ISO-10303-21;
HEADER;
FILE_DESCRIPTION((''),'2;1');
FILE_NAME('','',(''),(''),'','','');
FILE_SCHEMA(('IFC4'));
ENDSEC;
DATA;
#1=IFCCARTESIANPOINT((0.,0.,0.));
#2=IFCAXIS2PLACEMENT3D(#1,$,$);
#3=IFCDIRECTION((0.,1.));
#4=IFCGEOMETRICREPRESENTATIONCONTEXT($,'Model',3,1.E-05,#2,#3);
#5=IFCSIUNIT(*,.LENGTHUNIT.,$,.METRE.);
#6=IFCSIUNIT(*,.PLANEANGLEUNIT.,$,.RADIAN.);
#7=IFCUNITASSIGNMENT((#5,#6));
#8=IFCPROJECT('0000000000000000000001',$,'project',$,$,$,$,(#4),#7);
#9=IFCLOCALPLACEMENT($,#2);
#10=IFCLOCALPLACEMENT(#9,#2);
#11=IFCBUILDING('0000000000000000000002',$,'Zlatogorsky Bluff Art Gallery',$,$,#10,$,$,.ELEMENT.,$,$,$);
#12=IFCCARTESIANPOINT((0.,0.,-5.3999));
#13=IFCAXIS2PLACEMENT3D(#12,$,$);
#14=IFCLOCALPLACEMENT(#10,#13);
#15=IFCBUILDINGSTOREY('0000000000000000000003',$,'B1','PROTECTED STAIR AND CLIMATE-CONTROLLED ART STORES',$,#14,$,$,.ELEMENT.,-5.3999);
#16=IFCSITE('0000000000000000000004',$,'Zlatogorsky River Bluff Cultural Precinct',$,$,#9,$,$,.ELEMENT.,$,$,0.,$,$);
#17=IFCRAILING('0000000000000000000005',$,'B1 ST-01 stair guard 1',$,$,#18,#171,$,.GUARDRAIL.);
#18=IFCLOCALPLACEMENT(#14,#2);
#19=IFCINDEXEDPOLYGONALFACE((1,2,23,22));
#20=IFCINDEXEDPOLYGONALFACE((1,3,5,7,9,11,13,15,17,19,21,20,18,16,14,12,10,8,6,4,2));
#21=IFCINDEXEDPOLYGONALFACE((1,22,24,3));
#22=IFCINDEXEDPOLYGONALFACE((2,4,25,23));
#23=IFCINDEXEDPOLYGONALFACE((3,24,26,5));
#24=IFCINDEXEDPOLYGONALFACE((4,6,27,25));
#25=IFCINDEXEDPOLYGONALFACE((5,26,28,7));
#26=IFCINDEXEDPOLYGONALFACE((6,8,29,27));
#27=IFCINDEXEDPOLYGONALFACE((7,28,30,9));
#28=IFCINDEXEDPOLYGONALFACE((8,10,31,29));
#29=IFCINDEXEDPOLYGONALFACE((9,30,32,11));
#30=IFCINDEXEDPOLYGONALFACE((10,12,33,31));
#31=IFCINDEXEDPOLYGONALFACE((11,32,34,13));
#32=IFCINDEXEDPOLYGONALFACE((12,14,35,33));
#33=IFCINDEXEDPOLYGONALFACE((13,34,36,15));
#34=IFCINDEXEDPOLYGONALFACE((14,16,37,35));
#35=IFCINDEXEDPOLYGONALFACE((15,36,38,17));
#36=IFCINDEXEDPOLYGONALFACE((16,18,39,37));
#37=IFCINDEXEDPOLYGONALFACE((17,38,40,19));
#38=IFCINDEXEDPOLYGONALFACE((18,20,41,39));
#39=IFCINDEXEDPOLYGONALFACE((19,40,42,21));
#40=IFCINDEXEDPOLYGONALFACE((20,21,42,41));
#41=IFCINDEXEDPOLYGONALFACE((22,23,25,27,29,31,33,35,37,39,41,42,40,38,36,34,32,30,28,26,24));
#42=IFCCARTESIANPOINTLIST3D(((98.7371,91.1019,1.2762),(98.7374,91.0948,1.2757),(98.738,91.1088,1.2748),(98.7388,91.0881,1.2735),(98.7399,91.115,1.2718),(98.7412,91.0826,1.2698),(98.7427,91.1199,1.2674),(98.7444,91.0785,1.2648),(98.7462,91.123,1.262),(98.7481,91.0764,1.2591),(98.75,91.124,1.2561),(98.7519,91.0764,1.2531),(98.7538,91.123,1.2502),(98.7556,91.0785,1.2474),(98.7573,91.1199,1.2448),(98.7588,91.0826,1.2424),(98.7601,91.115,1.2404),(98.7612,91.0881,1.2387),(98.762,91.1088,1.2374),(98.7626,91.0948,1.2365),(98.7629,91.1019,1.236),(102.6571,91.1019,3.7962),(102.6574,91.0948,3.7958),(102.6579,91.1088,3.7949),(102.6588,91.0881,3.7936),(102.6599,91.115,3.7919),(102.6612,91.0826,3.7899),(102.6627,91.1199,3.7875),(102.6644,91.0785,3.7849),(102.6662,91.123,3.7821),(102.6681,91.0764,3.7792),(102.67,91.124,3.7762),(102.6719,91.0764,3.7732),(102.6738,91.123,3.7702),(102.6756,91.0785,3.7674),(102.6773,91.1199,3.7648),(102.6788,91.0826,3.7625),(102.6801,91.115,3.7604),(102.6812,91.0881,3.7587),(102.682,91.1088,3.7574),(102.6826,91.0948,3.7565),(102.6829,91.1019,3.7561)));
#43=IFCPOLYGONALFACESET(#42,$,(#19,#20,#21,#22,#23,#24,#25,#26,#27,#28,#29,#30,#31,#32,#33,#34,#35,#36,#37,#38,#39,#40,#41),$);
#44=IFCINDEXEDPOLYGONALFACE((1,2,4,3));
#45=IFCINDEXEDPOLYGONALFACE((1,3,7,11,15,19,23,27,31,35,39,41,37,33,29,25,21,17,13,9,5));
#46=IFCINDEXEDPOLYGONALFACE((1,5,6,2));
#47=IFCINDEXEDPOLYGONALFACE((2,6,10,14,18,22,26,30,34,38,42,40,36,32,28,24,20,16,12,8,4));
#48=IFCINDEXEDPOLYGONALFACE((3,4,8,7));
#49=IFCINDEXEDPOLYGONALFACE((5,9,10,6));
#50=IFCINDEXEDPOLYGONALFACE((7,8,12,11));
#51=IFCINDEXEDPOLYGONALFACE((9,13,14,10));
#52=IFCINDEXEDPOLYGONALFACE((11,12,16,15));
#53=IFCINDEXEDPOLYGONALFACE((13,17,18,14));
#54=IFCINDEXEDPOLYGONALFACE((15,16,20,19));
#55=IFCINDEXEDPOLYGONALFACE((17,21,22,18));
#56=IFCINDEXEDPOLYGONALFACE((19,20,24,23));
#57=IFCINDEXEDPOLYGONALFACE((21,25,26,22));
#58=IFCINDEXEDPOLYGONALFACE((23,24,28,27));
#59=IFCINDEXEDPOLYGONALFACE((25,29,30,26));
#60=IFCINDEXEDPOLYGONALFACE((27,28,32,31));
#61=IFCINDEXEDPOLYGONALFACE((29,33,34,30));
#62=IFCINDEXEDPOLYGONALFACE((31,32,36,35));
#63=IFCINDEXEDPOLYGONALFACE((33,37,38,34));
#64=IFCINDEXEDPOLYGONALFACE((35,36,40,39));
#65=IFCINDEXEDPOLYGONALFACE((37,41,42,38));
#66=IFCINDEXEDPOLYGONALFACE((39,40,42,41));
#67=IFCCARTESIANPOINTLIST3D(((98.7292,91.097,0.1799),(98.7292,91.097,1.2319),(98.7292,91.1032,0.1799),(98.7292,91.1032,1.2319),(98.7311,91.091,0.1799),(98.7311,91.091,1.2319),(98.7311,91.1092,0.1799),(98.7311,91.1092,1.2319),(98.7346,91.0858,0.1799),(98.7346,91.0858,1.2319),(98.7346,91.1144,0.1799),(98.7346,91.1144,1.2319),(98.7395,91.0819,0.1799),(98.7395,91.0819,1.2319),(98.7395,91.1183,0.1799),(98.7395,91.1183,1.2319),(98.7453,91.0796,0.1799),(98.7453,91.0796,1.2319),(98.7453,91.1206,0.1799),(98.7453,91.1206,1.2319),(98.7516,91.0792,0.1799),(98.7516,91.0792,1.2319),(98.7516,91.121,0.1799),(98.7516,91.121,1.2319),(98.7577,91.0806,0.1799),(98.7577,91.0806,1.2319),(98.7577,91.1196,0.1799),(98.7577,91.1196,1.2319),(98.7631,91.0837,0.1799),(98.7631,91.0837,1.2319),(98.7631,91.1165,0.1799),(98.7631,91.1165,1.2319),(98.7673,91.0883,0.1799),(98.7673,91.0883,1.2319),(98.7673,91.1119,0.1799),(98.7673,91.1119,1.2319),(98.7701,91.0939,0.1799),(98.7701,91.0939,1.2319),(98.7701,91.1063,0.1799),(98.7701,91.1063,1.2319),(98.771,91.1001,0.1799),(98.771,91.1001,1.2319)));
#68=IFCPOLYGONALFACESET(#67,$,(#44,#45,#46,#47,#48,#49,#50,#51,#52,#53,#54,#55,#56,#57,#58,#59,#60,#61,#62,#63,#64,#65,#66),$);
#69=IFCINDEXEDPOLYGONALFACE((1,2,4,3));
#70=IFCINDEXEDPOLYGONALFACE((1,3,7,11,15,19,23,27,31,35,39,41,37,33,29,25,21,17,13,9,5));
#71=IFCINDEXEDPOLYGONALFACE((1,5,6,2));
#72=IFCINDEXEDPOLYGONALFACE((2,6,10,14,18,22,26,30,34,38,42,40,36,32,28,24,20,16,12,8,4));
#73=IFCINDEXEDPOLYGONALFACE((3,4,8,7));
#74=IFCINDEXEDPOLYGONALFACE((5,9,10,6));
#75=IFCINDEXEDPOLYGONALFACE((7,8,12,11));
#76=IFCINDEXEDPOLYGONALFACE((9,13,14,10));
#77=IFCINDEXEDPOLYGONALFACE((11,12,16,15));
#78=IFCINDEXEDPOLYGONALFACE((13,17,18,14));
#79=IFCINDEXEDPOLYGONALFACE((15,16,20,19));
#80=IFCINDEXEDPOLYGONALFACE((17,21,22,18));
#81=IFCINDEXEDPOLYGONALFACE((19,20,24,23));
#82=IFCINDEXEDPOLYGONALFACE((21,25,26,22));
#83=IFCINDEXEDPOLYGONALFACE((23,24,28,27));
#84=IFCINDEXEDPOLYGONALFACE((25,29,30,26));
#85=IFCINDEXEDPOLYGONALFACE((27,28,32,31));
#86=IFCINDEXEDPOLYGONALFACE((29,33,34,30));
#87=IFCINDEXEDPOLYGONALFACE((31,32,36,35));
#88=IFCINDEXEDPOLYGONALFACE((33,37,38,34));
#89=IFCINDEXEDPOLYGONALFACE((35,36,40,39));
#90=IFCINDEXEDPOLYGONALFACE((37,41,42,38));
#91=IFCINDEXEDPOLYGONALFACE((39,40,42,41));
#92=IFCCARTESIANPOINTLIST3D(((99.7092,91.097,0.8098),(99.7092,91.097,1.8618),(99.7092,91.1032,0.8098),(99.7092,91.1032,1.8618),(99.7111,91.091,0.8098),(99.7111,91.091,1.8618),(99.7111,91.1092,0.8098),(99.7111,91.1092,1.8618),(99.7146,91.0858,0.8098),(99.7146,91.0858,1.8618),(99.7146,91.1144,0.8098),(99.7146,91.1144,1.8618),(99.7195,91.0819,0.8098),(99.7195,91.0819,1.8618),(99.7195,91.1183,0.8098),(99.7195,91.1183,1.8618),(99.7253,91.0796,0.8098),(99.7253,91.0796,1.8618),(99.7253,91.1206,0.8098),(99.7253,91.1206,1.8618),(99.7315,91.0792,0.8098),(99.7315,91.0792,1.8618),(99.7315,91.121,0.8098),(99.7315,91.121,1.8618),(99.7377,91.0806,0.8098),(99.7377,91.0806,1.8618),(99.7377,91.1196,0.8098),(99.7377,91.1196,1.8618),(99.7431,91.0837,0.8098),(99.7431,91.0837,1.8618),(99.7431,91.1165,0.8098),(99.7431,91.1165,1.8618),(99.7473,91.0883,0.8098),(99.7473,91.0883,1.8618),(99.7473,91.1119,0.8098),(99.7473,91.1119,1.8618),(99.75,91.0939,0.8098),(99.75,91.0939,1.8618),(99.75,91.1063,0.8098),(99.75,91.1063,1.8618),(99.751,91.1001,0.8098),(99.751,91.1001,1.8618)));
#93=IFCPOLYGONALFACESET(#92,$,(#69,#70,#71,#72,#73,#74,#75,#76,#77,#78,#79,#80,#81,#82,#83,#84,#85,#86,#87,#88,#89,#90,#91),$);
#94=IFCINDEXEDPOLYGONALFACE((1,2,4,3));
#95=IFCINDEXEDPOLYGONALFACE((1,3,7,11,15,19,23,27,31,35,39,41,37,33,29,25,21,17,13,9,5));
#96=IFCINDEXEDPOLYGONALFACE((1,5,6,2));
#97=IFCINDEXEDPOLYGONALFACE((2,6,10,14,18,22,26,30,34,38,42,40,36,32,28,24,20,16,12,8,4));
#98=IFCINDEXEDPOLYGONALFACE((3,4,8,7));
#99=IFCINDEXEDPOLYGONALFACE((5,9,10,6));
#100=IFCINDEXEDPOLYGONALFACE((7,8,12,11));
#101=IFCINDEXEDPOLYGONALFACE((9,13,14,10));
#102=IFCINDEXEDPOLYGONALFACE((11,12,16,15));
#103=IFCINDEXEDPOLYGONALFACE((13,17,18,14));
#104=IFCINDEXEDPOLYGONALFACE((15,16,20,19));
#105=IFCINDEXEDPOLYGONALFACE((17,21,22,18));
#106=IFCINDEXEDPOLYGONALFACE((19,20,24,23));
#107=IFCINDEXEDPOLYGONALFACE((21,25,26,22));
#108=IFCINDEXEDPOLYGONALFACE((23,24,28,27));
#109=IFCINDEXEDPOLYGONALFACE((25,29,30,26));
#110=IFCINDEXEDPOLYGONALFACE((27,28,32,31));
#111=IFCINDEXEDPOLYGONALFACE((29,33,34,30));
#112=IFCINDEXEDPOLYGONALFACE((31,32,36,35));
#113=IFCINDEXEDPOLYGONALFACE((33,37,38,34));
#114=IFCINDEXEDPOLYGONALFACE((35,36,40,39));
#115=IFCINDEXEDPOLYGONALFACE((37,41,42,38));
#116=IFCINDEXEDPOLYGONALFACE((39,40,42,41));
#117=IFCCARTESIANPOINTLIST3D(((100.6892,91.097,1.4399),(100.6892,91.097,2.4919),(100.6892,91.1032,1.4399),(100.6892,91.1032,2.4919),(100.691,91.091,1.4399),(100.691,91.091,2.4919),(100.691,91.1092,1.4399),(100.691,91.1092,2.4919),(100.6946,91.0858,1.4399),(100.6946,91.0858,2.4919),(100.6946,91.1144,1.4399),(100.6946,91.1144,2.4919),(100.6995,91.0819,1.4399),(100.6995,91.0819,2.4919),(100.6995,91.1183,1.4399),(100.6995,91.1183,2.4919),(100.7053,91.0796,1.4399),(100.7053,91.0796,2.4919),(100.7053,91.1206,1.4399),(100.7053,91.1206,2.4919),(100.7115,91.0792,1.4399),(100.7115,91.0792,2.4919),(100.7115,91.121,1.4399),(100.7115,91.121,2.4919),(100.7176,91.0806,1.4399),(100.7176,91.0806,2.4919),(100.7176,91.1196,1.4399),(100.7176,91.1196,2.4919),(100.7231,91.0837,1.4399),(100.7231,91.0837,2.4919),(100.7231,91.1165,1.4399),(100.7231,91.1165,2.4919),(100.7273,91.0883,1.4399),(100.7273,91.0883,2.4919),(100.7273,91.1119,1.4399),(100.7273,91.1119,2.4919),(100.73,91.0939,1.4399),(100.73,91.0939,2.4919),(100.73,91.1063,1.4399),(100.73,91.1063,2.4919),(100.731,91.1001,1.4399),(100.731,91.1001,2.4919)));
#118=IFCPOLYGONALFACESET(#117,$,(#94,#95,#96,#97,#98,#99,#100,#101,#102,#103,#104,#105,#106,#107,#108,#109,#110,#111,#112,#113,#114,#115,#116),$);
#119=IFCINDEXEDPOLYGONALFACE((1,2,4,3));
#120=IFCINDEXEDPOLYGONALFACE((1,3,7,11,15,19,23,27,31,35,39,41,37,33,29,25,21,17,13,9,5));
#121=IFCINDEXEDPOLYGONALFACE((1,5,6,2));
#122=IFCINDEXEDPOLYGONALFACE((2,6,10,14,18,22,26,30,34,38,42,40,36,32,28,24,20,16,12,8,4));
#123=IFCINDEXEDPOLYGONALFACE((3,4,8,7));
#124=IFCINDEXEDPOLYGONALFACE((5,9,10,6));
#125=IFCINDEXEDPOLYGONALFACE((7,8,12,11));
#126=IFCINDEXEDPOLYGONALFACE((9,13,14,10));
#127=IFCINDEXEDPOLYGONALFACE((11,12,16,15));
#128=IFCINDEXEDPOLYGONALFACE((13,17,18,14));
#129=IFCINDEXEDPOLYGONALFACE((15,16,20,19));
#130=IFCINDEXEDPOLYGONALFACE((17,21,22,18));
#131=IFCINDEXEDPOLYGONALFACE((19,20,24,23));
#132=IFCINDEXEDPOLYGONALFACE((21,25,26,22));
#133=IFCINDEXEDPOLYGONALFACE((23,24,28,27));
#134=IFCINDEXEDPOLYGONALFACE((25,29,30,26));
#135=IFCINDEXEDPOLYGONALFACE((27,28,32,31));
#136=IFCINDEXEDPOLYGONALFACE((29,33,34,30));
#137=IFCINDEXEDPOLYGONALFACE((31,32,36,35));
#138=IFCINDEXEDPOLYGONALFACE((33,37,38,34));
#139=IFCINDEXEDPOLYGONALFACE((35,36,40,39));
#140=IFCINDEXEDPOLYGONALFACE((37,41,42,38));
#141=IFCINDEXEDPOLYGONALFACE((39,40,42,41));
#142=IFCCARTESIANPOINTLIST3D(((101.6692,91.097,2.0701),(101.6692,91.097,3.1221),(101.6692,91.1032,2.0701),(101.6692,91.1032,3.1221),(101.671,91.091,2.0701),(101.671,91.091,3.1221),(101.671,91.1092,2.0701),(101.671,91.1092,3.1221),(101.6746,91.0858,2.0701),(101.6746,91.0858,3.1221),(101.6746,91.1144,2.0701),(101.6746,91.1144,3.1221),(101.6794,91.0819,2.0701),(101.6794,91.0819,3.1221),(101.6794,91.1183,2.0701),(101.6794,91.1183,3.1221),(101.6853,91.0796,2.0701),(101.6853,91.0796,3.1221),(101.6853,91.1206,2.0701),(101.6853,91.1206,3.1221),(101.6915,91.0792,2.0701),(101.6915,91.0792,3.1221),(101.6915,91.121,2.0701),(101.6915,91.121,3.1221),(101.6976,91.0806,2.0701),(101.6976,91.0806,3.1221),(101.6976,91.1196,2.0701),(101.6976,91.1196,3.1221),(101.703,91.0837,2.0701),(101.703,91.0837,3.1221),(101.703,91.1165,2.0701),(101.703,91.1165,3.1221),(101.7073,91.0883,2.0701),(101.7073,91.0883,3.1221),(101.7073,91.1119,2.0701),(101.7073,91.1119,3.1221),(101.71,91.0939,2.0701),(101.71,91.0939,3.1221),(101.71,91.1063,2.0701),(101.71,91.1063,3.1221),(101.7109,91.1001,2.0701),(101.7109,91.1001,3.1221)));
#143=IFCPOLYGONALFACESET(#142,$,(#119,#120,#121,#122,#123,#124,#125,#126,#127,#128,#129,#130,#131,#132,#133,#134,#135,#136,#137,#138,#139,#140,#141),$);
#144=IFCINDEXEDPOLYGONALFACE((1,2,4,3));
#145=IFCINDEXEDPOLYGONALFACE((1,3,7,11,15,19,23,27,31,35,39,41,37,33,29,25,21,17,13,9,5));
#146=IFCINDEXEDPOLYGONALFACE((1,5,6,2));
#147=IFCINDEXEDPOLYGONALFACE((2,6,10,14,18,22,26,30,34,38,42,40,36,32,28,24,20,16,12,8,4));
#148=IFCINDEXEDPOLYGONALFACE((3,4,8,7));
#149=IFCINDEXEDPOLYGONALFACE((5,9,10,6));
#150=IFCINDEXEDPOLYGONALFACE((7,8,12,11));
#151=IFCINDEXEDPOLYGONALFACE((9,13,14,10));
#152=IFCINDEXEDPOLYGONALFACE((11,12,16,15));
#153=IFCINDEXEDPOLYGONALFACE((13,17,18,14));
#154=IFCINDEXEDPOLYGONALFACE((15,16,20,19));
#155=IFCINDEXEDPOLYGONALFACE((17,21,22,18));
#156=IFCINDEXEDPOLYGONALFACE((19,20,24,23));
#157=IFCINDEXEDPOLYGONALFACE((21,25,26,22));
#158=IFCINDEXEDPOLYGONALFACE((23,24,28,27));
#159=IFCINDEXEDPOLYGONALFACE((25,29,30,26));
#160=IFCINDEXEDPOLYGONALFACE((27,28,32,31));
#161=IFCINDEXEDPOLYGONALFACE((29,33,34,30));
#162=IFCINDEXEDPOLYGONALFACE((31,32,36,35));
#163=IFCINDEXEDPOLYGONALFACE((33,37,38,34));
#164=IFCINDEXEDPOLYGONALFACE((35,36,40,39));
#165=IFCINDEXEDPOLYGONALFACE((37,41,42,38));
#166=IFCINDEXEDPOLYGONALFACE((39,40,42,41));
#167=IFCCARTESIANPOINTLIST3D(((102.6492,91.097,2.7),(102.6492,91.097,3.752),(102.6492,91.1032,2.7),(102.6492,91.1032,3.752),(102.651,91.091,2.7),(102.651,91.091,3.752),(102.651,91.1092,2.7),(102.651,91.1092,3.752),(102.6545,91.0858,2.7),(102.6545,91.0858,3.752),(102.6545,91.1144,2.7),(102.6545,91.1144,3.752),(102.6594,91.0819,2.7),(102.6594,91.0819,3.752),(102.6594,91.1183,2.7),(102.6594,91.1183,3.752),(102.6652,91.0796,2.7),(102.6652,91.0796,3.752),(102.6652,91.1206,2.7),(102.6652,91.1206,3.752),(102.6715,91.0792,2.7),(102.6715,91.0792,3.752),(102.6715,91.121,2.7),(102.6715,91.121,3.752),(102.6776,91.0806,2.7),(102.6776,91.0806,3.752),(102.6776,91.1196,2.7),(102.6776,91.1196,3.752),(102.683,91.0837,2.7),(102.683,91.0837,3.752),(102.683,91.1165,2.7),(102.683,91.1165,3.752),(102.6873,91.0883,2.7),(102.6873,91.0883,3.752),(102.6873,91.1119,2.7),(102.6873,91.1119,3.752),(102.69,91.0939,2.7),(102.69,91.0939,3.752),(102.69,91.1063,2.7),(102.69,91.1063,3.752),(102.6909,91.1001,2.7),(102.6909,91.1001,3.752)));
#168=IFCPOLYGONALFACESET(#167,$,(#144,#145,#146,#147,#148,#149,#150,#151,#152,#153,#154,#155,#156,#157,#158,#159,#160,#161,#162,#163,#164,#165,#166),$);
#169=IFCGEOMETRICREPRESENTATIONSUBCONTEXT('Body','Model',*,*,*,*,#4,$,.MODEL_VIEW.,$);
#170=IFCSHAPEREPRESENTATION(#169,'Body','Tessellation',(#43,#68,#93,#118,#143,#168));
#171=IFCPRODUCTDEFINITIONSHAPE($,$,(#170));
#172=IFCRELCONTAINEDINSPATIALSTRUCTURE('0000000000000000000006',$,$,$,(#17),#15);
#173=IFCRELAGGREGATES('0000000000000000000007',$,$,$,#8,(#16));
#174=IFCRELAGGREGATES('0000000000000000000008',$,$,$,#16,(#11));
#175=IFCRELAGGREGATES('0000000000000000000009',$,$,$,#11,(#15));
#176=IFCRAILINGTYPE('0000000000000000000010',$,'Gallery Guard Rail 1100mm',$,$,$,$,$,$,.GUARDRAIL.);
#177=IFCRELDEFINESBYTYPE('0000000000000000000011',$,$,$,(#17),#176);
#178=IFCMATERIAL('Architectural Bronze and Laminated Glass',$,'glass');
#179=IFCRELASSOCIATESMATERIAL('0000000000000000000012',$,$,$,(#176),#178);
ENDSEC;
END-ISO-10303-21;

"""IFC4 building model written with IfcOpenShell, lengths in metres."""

from ifc_helpers import new_model, si_unit, direction, frame, origin, origin_2d, place, context, subcontext, project, spatial, circle, extrude, material, type_object, element, save


model = new_model("IFC4")

# Units and contexts
model_context = context("Model", 3, precision=1e-05, world=origin(), true_north=direction((0.0, 1.0)))
body_context = subcontext(model_context, "Body", "Model", "MODEL_VIEW")
ifc_project = project(units=[si_unit("LENGTHUNIT", "METRE"), si_unit("PLANEANGLEUNIT", "RADIAN")], contexts=[model_context])

# Site, building, storey
site_placement = place(None, origin())
site = spatial("IfcSite", under=ifc_project, at=site_placement, Name="Zlatogorsky River Bluff Cultural Precinct", CompositionType="ELEMENT", RefElevation=0.0)
building_placement = place(site_placement, origin())
building = spatial("IfcBuilding", under=site, at=building_placement, Name="Zlatogorsky Bluff Art Gallery", CompositionType="ELEMENT")
storey_placement = place(building_placement, frame((0.0, 0.0, -5.3999)))
storey = spatial("IfcBuildingStorey", under=building, at=storey_placement, Name="B1", Description="PROTECTED STAIR AND CLIMATE-CONTROLLED ART STORES", CompositionType="ELEMENT", Elevation=-5.3999)

# Railing
ifc_material_1 = material(Name="Architectural Bronze and Laminated Glass", Category="glass")
railing_type_1 = type_object("IfcRailingType", Name="Gallery Guard Rail 1100mm", PredefinedType="GUARDRAIL", material=ifc_material_1)
railing_1_placement = place(storey_placement, frame((98.75, 91.1001, 0.1799)))
element("IfcRailing", 1, at=railing_1_placement, inside=storey, type_object=railing_type_1, Name="B1 ST-01 stair guard 1", PredefinedType="GUARDRAIL", context=body_context, shape_type="SweptSolid", body=[
    extrude(circle(Radius=0.0239, at=origin_2d()), frame((0.0, 0.0, 1.0762), z_axis=(0.841172, 0.0, 0.540768), x_axis=(0.0, 1.0, 0.0)), (0.0, 0.0, 1.0), 4.6602),
    extrude(circle(Radius=0.021, at=origin_2d()), origin(), (0.0, 0.0, 1.0), 1.052),
    extrude(circle(Radius=0.021, at=origin_2d()), frame((0.98, 0.0, 0.6299)), (0.0, 0.0, 1.0), 1.052),
    extrude(circle(Radius=0.021, at=origin_2d()), frame((1.96, 0.0, 1.26)), (0.0, 0.0, 1.0), 1.052),
    extrude(circle(Radius=0.021, at=origin_2d()), frame((2.9399, 0.0, 1.8901)), (0.0, 0.0, 1.0), 1.052),
    extrude(circle(Radius=0.021, at=origin_2d()), frame((3.9199, 0.0, 2.52)), (0.0, 0.0, 1.0), 1.052),
])

save(model, "model.ifc")
